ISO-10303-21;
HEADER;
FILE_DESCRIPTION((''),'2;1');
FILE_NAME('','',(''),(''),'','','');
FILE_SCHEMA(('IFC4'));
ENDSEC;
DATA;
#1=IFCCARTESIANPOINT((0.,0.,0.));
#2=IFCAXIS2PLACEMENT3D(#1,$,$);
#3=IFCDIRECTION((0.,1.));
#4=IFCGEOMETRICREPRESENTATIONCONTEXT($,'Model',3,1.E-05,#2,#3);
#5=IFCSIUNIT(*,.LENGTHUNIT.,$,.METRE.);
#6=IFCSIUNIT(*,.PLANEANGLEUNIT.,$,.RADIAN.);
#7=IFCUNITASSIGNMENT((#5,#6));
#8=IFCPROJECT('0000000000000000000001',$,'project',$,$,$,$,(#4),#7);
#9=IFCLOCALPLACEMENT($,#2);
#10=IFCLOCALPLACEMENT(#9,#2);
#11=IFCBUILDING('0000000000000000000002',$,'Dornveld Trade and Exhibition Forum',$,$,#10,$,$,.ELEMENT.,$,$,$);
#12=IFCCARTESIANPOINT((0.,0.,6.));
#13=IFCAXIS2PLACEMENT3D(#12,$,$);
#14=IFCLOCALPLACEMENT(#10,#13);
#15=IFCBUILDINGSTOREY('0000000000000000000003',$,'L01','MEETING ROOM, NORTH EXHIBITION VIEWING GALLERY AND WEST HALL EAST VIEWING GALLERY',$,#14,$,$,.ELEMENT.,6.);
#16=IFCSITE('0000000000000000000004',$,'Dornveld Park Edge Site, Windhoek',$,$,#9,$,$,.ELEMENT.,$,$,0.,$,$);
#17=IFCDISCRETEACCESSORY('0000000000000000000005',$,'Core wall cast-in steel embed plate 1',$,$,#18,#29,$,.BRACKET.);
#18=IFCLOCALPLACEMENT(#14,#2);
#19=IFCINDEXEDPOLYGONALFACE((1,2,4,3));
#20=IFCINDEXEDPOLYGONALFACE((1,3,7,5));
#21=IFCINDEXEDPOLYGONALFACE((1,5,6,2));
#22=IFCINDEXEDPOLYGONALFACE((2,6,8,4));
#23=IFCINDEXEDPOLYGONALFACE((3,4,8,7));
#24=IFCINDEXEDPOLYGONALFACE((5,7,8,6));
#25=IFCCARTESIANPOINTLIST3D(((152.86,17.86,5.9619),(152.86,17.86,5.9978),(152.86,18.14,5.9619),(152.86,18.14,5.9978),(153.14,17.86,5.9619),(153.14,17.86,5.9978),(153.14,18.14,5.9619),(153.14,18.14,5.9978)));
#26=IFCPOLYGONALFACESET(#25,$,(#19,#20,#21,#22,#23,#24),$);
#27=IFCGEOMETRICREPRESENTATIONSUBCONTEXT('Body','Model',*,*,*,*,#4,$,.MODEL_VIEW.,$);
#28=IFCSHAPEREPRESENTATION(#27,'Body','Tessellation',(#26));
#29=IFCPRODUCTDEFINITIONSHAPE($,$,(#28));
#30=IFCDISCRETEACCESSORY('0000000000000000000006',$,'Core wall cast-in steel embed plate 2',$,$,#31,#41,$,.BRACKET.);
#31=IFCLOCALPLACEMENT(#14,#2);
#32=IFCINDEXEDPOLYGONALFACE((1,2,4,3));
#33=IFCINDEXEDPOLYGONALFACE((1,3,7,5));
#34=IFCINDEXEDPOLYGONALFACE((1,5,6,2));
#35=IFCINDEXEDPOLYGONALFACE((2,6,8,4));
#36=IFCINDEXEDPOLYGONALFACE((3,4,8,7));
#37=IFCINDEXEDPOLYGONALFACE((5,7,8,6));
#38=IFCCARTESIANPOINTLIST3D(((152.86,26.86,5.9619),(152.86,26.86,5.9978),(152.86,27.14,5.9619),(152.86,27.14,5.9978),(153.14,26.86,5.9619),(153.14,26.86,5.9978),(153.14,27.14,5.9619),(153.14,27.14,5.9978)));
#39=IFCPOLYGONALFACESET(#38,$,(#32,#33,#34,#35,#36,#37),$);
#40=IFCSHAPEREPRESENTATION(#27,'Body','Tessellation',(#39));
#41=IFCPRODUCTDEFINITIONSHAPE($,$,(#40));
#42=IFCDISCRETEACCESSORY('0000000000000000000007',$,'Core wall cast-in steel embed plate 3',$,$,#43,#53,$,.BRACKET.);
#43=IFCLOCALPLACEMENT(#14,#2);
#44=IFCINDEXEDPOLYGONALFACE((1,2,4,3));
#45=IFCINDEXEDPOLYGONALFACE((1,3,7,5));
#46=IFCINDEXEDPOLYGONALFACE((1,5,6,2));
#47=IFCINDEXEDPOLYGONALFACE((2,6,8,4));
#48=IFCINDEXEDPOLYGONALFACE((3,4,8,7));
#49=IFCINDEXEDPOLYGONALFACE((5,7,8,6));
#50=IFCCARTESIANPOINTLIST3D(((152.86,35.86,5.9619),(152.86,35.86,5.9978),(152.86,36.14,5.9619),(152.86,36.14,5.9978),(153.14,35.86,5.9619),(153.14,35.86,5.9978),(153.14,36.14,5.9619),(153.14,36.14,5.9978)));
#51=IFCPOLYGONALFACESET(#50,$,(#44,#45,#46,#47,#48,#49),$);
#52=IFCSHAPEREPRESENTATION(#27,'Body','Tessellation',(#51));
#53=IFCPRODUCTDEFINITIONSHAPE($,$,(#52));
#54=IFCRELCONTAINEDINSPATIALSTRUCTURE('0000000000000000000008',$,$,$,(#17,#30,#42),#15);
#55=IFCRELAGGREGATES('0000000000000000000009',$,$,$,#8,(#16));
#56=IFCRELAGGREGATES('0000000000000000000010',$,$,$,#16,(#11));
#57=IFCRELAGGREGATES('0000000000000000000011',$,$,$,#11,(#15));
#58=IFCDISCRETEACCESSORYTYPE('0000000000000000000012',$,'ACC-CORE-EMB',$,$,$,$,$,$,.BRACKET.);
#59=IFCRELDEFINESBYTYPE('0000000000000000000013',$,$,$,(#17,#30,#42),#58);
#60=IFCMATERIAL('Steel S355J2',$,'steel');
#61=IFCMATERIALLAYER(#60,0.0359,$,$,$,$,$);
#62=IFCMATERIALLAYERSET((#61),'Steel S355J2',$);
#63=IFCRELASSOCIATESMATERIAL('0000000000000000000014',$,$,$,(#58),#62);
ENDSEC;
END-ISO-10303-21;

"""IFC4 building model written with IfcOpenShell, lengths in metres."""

from ifc_helpers import new_model, si_unit, direction, frame, origin, origin_2d, place, context, subcontext, project, spatial, rectangle, extrude, material, layer, layer_set, type_object, element, save


model = new_model("IFC4")

# Units and contexts
model_context = context("Model", 3, precision=1e-05, world=origin(), true_north=direction((0.0, 1.0)))
body_context = subcontext(model_context, "Body", "Model", "MODEL_VIEW")
ifc_project = project(units=[si_unit("LENGTHUNIT", "METRE"), si_unit("PLANEANGLEUNIT", "RADIAN")], contexts=[model_context])

# Site, building, storey
site_placement = place(None, origin())
site = spatial("IfcSite", under=ifc_project, at=site_placement, Name="Dornveld Park Edge Site, Windhoek", CompositionType="ELEMENT", RefElevation=0.0)
building_placement = place(site_placement, origin())
building = spatial("IfcBuilding", under=site, at=building_placement, Name="Dornveld Trade and Exhibition Forum", CompositionType="ELEMENT")
storey_placement = place(building_placement, frame((0.0, 0.0, 6.0)))
storey = spatial("IfcBuildingStorey", under=building, at=storey_placement, Name="L01", Description="MEETING ROOM, NORTH EXHIBITION VIEWING GALLERY AND WEST HALL EAST VIEWING GALLERY", CompositionType="ELEMENT", Elevation=6.0)

# Discrete accessories
ifc_material_1 = material(Name="Steel S355J2", Category="steel")
ifc_layer_1 = layer(ifc_material_1, 0.0359)
ifc_layer_set_1 = layer_set([ifc_layer_1], Name="Steel S355J2")
discrete_accessory_type = type_object("IfcDiscreteAccessoryType", Name="ACC-CORE-EMB", PredefinedType="BRACKET", material=ifc_layer_set_1)
for number, where, z_axis, x_axis, name in (
    (1, (153.0, 18.0, 5.9619), (0.0, 0.0, 1.0), (1.0, 0.0, 0.0), "Core wall cast-in steel embed plate 1"),
    (2, (153.0, 27.0, 5.9619), (0.0, 0.0, 1.0), (1.0, 0.0, 0.0), "Core wall cast-in steel embed plate 2"),
    (3, (153.0, 36.0, 5.9619), (0.0, 0.0, 1.0), (1.0, 0.0, 0.0), "Core wall cast-in steel embed plate 3"),
):
    element("IfcDiscreteAccessory", number, at=place(storey_placement, frame(where, z_axis=z_axis, x_axis=x_axis)), inside=storey, type_object=discrete_accessory_type, Name=name, PredefinedType="BRACKET", context=body_context, shape_type="SweptSolid", body=[
        extrude(rectangle(XDim=0.28, YDim=0.28, at=origin_2d()), origin(), (0.0, 0.0, 1.0), 0.0359),
    ])

save(model, "model.ifc")
